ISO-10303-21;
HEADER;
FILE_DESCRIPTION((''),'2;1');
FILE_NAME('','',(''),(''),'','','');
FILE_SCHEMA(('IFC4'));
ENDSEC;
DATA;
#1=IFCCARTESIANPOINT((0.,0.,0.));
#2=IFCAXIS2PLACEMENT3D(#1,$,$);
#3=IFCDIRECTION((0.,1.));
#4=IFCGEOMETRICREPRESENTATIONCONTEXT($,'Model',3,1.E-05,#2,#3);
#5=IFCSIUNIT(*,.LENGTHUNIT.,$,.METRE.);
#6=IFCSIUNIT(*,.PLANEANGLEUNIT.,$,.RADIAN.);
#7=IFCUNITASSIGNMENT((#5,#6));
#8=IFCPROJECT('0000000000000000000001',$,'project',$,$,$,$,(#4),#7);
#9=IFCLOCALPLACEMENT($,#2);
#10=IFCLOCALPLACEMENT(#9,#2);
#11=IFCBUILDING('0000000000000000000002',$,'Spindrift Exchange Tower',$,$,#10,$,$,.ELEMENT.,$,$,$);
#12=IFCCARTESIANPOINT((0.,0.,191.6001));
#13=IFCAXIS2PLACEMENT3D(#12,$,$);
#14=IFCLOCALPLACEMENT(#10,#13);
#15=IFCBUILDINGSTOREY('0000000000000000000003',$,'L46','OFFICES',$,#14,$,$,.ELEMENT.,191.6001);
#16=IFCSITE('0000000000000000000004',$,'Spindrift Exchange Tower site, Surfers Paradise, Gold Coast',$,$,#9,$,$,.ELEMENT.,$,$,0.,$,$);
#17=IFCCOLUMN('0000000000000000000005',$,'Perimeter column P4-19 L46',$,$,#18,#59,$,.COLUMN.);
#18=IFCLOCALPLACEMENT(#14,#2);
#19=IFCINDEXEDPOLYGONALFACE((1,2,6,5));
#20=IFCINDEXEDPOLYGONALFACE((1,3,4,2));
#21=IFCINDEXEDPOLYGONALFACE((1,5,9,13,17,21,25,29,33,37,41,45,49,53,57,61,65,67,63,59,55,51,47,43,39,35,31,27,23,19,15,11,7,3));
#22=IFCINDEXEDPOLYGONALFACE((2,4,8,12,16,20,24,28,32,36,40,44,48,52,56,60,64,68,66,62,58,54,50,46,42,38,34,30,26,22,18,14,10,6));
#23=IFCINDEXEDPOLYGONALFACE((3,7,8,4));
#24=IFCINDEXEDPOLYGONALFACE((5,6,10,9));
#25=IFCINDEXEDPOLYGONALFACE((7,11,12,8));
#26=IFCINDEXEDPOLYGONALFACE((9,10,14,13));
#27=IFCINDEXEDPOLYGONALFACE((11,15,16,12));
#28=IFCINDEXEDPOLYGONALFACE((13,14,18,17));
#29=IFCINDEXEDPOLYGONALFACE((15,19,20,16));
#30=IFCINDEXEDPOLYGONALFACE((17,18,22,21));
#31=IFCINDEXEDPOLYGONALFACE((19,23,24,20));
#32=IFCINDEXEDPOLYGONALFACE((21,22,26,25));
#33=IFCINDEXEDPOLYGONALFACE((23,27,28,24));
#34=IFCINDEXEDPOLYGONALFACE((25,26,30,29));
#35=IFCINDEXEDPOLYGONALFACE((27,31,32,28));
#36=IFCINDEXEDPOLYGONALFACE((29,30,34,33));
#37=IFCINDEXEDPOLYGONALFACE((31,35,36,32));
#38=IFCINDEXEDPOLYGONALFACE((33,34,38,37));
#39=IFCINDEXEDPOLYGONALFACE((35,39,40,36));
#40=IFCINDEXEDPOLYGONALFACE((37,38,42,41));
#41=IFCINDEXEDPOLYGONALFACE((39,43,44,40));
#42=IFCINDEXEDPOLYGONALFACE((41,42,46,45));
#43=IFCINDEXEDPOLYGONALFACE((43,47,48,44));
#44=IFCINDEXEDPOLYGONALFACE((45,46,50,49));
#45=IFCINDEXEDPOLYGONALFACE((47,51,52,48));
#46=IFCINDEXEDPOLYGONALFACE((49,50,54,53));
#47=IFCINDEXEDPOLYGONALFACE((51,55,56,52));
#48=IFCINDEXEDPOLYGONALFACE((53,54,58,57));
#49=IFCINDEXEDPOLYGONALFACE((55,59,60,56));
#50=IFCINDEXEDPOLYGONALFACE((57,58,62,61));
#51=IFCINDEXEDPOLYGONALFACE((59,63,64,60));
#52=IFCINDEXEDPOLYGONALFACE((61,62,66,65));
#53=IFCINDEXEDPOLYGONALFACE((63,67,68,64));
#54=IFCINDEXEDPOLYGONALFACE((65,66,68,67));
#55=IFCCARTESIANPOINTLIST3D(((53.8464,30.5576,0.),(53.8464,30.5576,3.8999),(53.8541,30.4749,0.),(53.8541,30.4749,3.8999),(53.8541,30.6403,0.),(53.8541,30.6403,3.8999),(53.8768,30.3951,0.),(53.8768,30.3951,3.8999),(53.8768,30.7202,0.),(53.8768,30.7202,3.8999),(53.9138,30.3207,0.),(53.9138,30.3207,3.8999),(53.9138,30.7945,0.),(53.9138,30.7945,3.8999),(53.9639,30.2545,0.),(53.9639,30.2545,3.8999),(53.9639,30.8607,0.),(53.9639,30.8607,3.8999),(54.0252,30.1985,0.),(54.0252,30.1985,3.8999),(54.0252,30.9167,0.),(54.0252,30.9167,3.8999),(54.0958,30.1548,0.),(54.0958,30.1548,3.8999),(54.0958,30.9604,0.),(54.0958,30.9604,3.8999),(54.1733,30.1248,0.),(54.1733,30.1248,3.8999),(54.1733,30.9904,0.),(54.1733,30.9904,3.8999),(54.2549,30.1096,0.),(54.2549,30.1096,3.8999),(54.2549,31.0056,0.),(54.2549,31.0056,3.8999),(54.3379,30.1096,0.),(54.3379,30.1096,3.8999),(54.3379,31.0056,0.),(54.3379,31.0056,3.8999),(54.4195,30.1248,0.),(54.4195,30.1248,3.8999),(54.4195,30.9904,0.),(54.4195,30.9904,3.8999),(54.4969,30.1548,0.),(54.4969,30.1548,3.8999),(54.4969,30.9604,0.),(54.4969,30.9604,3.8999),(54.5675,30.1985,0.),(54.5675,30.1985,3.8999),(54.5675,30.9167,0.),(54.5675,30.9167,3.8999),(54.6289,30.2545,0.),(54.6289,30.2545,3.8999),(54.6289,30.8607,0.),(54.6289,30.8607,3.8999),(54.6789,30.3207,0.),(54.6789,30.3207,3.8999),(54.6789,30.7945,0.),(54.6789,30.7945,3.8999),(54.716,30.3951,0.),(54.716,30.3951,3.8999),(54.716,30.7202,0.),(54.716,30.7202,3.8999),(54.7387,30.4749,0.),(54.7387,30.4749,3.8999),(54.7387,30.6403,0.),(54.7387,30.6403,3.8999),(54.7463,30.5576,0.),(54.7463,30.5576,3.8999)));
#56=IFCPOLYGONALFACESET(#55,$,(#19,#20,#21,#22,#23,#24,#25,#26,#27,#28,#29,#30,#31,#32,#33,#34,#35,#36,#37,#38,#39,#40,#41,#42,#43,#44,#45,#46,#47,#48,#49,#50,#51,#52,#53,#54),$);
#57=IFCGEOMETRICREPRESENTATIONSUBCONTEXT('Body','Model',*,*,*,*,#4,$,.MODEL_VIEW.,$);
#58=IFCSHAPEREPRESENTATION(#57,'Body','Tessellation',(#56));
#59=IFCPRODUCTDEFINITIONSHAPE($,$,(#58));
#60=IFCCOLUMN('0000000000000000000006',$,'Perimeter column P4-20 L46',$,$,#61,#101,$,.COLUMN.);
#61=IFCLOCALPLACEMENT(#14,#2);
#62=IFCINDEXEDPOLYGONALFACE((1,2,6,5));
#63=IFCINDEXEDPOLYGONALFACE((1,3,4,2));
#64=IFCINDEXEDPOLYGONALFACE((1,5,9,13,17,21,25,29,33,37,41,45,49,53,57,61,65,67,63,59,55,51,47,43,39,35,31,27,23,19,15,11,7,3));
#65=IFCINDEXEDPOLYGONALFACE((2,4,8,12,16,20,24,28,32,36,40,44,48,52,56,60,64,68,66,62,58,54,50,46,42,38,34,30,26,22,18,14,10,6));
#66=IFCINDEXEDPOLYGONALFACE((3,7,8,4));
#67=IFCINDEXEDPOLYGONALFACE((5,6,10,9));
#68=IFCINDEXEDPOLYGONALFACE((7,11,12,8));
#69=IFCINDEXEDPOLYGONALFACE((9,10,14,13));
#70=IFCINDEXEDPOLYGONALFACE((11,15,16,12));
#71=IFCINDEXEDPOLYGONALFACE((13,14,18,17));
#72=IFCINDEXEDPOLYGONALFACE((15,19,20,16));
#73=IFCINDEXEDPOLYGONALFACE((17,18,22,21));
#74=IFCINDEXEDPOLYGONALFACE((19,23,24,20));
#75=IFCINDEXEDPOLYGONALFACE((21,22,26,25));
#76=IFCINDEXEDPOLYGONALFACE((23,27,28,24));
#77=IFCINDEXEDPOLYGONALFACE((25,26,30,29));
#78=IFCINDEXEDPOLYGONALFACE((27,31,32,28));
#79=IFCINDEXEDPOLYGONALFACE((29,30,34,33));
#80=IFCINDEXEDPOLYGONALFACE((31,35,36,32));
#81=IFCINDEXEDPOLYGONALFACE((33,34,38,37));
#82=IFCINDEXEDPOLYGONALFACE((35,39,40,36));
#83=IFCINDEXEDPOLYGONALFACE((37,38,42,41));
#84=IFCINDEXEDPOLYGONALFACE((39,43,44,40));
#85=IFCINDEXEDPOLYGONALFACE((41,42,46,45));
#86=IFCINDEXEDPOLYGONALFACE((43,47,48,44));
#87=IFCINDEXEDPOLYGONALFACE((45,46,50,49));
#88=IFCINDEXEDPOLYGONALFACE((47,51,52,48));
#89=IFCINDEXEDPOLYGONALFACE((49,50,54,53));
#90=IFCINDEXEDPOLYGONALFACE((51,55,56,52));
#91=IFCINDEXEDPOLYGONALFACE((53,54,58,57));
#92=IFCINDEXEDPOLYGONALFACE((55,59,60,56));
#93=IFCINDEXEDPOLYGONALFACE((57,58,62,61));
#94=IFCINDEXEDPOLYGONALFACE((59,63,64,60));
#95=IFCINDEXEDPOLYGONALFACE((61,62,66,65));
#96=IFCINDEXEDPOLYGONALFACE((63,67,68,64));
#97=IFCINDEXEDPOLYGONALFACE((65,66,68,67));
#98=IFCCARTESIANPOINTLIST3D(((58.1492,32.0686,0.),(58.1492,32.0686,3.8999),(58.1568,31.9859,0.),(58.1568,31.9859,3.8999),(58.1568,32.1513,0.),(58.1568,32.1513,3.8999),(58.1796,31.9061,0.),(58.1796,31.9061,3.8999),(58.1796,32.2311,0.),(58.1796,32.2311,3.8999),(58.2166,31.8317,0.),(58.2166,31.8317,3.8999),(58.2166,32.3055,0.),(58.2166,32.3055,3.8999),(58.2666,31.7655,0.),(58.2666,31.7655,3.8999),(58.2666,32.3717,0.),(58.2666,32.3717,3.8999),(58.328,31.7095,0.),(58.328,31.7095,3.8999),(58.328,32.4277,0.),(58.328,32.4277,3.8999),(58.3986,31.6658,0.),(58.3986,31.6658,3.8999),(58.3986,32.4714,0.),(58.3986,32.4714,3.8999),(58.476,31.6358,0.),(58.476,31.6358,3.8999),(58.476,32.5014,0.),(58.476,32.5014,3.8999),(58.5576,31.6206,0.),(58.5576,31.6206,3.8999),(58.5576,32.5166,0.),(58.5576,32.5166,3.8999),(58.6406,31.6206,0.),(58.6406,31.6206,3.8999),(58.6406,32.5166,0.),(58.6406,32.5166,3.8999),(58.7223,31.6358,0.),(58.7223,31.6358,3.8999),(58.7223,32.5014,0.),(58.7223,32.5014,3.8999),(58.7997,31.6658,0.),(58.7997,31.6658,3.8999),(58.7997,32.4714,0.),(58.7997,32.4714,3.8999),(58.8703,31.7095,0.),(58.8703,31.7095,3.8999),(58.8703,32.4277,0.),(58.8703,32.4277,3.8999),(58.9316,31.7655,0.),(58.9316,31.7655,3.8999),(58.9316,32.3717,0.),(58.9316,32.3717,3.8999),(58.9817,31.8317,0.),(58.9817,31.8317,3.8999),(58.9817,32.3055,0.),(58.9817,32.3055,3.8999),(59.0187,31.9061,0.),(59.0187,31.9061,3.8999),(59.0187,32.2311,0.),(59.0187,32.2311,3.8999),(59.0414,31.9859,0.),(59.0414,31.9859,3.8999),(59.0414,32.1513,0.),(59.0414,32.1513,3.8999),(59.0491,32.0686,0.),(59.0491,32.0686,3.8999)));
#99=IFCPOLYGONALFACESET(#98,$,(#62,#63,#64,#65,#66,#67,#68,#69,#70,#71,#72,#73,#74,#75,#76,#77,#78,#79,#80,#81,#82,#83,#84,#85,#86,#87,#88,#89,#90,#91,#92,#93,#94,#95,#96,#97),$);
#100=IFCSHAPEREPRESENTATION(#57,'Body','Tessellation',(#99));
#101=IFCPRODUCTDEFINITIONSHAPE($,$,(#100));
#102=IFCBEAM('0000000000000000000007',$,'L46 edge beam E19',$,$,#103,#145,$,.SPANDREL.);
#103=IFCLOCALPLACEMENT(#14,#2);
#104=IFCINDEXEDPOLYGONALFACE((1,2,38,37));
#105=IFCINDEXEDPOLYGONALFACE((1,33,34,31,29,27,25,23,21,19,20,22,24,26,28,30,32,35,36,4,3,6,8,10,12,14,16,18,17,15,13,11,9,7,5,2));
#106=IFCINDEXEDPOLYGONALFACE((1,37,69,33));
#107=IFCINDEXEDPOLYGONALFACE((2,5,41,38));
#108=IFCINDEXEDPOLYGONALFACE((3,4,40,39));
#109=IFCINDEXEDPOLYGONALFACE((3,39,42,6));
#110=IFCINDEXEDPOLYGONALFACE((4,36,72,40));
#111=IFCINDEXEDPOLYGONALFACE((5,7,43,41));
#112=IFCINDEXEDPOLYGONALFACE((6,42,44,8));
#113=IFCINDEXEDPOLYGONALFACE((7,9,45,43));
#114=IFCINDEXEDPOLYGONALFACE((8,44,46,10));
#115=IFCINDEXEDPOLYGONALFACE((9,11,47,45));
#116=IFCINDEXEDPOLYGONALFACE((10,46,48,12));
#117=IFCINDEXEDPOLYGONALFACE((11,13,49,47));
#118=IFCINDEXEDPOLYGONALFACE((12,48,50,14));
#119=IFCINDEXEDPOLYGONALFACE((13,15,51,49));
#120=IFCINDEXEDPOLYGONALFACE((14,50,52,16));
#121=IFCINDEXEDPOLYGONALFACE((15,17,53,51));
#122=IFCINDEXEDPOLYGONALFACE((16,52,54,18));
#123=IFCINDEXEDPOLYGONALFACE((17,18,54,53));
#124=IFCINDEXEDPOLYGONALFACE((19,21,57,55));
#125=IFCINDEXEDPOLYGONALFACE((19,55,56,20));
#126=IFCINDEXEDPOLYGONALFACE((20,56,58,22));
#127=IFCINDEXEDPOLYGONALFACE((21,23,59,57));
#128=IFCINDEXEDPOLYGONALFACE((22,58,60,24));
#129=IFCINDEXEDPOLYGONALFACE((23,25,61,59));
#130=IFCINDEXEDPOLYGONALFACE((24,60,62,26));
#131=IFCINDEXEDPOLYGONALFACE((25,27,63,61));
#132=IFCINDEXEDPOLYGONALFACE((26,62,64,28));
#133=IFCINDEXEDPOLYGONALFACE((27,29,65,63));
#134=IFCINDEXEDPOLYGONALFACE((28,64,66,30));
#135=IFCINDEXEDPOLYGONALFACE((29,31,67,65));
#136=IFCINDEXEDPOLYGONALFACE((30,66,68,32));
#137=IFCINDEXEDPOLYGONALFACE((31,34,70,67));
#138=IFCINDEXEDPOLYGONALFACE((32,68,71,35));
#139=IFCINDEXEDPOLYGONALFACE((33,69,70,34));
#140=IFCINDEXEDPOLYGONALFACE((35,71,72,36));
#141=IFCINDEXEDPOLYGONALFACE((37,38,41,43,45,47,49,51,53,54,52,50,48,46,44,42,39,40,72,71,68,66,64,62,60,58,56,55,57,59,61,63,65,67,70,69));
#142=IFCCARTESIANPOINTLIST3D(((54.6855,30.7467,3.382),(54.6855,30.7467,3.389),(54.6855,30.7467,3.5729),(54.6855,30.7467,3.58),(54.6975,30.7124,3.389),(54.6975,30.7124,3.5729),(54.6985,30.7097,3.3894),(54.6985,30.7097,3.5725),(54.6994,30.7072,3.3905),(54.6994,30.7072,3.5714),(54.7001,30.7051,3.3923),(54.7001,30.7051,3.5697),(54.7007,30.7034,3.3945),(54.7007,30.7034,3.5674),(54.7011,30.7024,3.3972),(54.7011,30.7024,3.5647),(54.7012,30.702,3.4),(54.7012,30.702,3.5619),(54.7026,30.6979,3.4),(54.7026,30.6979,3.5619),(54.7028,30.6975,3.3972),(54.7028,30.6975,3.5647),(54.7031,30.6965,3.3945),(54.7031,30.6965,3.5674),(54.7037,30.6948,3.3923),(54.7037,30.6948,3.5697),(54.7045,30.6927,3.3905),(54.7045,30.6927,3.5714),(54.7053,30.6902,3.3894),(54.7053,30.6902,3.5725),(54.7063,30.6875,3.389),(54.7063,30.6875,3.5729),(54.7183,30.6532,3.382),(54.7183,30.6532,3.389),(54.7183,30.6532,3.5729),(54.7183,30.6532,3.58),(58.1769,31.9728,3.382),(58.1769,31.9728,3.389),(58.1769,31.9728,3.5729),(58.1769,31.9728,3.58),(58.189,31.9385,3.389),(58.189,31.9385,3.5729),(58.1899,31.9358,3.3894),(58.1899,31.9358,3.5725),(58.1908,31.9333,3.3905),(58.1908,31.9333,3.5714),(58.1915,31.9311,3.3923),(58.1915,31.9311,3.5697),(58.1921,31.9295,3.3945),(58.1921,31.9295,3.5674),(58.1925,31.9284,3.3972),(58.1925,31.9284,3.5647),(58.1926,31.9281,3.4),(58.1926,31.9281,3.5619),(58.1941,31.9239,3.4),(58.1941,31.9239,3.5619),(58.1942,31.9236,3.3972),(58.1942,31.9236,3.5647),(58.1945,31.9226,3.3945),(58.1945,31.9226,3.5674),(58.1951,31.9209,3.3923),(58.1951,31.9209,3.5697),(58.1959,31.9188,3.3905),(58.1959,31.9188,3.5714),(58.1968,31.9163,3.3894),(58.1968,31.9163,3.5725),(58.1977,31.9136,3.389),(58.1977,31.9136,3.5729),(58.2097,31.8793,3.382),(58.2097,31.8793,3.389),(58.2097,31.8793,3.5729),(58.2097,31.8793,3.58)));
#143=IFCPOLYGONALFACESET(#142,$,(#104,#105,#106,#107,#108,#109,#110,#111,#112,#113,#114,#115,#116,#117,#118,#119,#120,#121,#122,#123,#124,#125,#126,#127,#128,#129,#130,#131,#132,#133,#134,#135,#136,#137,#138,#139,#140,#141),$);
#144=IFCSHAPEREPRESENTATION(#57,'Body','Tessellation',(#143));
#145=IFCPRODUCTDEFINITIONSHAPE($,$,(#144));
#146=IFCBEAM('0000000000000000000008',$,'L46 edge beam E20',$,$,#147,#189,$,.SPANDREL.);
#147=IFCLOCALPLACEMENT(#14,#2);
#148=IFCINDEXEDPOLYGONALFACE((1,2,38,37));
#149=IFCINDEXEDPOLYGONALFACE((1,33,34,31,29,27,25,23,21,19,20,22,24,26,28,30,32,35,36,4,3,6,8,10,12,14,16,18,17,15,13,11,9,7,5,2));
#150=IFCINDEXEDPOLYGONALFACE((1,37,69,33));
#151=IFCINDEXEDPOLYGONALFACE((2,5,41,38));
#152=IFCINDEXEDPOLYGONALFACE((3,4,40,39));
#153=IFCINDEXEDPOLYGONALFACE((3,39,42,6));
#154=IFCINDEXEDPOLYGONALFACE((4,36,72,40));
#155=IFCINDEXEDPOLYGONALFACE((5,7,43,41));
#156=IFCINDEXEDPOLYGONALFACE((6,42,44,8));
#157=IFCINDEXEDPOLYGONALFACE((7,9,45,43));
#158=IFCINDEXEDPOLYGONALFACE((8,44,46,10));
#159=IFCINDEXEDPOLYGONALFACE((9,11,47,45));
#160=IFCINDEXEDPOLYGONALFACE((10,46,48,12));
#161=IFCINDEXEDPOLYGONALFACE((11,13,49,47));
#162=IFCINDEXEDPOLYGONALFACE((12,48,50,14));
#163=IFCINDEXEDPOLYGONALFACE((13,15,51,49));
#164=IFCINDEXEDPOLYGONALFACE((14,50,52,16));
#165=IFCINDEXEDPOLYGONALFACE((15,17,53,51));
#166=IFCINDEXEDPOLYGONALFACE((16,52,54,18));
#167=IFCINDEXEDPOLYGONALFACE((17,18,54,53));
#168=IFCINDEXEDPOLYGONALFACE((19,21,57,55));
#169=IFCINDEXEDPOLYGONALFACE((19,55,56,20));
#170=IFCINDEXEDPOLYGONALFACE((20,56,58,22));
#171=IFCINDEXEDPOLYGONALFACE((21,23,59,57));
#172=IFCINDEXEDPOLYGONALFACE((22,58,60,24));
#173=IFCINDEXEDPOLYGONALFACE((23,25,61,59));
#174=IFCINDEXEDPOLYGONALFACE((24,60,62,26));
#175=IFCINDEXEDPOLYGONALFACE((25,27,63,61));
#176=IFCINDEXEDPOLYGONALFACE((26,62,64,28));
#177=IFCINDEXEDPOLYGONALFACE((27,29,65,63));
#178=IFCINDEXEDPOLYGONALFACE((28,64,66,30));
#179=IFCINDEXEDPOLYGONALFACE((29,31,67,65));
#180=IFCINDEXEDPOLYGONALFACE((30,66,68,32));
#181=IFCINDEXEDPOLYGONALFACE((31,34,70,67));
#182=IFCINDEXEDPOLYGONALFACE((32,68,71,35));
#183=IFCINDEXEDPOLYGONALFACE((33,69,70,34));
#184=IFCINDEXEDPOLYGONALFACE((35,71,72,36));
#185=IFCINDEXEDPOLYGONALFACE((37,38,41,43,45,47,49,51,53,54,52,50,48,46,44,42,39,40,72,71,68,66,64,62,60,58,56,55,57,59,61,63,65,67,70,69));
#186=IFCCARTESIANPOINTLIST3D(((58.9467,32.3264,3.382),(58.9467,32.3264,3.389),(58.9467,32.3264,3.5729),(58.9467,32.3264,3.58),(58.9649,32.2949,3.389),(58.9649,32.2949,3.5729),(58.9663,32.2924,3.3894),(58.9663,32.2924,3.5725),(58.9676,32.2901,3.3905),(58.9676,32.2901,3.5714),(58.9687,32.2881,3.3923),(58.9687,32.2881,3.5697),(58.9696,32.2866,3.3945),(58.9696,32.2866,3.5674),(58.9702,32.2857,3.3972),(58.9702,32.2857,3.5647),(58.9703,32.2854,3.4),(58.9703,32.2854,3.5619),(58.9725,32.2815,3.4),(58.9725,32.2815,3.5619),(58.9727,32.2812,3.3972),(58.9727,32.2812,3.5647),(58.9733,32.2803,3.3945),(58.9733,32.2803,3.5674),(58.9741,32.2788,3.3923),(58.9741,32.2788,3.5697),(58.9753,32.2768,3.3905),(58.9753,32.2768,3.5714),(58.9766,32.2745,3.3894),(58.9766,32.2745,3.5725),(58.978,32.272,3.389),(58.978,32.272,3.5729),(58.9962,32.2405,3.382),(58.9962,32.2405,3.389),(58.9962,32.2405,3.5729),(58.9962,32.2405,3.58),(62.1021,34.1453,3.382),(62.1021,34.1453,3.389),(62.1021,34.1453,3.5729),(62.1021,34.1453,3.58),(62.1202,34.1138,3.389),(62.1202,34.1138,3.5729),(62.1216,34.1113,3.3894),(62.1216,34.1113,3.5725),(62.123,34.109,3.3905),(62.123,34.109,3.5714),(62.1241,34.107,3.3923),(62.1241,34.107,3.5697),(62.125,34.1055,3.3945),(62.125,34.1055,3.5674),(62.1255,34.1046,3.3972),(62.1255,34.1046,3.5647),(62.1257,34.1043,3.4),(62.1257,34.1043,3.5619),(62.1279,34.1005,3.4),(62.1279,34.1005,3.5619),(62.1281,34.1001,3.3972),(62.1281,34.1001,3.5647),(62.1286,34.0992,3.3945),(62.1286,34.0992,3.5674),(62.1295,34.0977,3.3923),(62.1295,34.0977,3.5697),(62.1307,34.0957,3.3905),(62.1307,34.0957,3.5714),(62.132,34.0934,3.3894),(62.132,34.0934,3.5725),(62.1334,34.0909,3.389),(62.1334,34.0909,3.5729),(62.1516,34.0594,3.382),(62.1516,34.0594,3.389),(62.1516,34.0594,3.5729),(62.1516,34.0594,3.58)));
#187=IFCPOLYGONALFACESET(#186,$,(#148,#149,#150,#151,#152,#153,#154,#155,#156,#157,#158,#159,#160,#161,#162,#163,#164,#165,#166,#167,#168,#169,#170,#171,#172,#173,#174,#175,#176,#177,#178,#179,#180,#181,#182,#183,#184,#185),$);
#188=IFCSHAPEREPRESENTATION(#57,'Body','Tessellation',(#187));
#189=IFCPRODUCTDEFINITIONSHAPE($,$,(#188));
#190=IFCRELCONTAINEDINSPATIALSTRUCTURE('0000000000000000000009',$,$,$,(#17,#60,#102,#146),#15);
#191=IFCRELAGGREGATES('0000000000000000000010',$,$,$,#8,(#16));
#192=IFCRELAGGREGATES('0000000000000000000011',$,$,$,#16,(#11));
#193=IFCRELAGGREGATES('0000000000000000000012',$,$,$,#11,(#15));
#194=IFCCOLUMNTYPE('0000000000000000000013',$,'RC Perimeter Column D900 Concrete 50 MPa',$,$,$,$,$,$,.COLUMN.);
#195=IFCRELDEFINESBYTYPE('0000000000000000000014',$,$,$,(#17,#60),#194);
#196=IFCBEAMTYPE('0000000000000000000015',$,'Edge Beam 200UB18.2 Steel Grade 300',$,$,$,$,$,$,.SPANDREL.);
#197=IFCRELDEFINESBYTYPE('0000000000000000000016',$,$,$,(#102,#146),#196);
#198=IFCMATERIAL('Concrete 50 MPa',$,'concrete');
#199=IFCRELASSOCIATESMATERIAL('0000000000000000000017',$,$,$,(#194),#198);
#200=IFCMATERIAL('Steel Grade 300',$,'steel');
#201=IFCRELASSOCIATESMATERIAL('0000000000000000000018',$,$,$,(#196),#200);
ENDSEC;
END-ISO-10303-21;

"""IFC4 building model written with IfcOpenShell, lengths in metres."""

from ifc_helpers import new_model, si_unit, direction, frame, origin, origin_2d, place, context, subcontext, project, spatial, circle, i_section, extrude, source, transform, mapped, material, material_profile, profile_set, type_object, element, save


model = new_model("IFC4")

# Units and contexts
model_context = context("Model", 3, precision=1e-05, world=origin(), true_north=direction((0.0, 1.0)))
body_context = subcontext(model_context, "Body", "Model", "MODEL_VIEW")
ifc_project = project(units=[si_unit("LENGTHUNIT", "METRE"), si_unit("PLANEANGLEUNIT", "RADIAN")], contexts=[model_context])

# Site, building, storey
site_placement = place(None, origin())
site = spatial("IfcSite", under=ifc_project, at=site_placement, Name="Spindrift Exchange Tower site, Surfers Paradise, Gold Coast", CompositionType="ELEMENT", RefElevation=0.0)
building_placement = place(site_placement, origin())
building = spatial("IfcBuilding", under=site, at=building_placement, Name="Spindrift Exchange Tower", CompositionType="ELEMENT")
storey_placement = place(building_placement, frame((0.0, 0.0, 191.6001)))
storey = spatial("IfcBuildingStorey", under=building, at=storey_placement, Name="L46", Description="OFFICES", CompositionType="ELEMENT", Elevation=191.6001)

# Columns
ifc_material_1 = material(Name="Concrete 50 MPa", Category="concrete")
ifc_material_profile_1 = material_profile(ifc_material_1, circle(Radius=0.45, at=origin_2d()), Name="RC D900")
ifc_profile_set_1 = profile_set([ifc_material_profile_1], Name="Concrete 50 MPa")
column_type = type_object("IfcColumnType", Name="RC Perimeter Column D900 Concrete 50 MPa", PredefinedType="COLUMN", material=ifc_profile_set_1)
shared_shape_1 = source(origin(), body_context, "Body", "SweptSolid", [
    extrude(circle(Radius=0.45, at=origin_2d()), origin(), (0.0, 0.0, 1.0), 3.8999),
])
for number, where, z_axis, x_axis, name in (
    (1, (54.2964, 30.5576, 0.0), (0.0, 0.0, 1.0), (1.0, 0.0, 0.0), "Perimeter column P4-19 L46"),
    (2, (58.5991, 32.0686, 0.0), (0.0, 0.0, 1.0), (1.0, 0.0, 0.0), "Perimeter column P4-20 L46"),
):
    element("IfcColumn", number, at=place(storey_placement, frame(where, z_axis=z_axis, x_axis=x_axis)), inside=storey, type_object=column_type, Name=name, PredefinedType="COLUMN", context=body_context, shape_type="MappedRepresentation", body=[
        mapped(shared_shape_1, transform((0.0, 0.0, 0.0), scale=1.0)),
    ])

# Beams
ifc_material_2 = material(Name="Steel Grade 300", Category="steel")
ifc_material_profile_2 = material_profile(ifc_material_2, i_section(OverallWidth=0.0991, OverallDepth=0.198, WebThickness=0.0044, FlangeThickness=0.0071, FilletRadius=0.011, at=origin_2d()), Name="200UB18.2")
ifc_profile_set_2 = profile_set([ifc_material_profile_2], Name="Steel Grade 300")
beam_type_1 = type_object("IfcBeamType", Name="Edge Beam 200UB18.2 Steel Grade 300", PredefinedType="SPANDREL", material=ifc_profile_set_2)
shared_shape_2 = source(origin(), body_context, "Body", "SweptSolid", [
    extrude(i_section(OverallWidth=0.0991, OverallDepth=0.198, WebThickness=0.0044, FlangeThickness=0.0071, FilletRadius=0.011, at=origin_2d()), origin(), (0.0, 0.0, 1.0), 3.7004),
])
beam_1_placement = place(storey_placement, frame((54.7019, 30.7, 3.481), z_axis=(0.943515, 0.331329, 0.0), x_axis=(-0.331329, 0.943515, 0.0)))
element("IfcBeam", 3, at=beam_1_placement, inside=storey, type_object=beam_type_1, Name="L46 edge beam E19", PredefinedType="SPANDREL", context=body_context, shape_type="MappedRepresentation", body=[
    mapped(shared_shape_2, transform((0.0, 0.0, 0.0), scale=1.0)),
])
shared_shape_3 = source(origin(), body_context, "Body", "SweptSolid", [
    extrude(i_section(OverallWidth=0.0991, OverallDepth=0.198, WebThickness=0.0044, FlangeThickness=0.0071, FilletRadius=0.011, at=origin_2d()), origin(), (0.0, 0.0, 1.0), 3.6421),
])
beam_2_placement = place(storey_placement, frame((58.9714, 32.2834, 3.481), z_axis=(0.866364, 0.499413, 0.0), x_axis=(-0.499413, 0.866364, 0.0)))
element("IfcBeam", 4, at=beam_2_placement, inside=storey, type_object=beam_type_1, Name="L46 edge beam E20", PredefinedType="SPANDREL", context=body_context, shape_type="MappedRepresentation", body=[
    mapped(shared_shape_3, transform((0.0, 0.0, 0.0), scale=1.0)),
])

save(model, "model.ifc")
